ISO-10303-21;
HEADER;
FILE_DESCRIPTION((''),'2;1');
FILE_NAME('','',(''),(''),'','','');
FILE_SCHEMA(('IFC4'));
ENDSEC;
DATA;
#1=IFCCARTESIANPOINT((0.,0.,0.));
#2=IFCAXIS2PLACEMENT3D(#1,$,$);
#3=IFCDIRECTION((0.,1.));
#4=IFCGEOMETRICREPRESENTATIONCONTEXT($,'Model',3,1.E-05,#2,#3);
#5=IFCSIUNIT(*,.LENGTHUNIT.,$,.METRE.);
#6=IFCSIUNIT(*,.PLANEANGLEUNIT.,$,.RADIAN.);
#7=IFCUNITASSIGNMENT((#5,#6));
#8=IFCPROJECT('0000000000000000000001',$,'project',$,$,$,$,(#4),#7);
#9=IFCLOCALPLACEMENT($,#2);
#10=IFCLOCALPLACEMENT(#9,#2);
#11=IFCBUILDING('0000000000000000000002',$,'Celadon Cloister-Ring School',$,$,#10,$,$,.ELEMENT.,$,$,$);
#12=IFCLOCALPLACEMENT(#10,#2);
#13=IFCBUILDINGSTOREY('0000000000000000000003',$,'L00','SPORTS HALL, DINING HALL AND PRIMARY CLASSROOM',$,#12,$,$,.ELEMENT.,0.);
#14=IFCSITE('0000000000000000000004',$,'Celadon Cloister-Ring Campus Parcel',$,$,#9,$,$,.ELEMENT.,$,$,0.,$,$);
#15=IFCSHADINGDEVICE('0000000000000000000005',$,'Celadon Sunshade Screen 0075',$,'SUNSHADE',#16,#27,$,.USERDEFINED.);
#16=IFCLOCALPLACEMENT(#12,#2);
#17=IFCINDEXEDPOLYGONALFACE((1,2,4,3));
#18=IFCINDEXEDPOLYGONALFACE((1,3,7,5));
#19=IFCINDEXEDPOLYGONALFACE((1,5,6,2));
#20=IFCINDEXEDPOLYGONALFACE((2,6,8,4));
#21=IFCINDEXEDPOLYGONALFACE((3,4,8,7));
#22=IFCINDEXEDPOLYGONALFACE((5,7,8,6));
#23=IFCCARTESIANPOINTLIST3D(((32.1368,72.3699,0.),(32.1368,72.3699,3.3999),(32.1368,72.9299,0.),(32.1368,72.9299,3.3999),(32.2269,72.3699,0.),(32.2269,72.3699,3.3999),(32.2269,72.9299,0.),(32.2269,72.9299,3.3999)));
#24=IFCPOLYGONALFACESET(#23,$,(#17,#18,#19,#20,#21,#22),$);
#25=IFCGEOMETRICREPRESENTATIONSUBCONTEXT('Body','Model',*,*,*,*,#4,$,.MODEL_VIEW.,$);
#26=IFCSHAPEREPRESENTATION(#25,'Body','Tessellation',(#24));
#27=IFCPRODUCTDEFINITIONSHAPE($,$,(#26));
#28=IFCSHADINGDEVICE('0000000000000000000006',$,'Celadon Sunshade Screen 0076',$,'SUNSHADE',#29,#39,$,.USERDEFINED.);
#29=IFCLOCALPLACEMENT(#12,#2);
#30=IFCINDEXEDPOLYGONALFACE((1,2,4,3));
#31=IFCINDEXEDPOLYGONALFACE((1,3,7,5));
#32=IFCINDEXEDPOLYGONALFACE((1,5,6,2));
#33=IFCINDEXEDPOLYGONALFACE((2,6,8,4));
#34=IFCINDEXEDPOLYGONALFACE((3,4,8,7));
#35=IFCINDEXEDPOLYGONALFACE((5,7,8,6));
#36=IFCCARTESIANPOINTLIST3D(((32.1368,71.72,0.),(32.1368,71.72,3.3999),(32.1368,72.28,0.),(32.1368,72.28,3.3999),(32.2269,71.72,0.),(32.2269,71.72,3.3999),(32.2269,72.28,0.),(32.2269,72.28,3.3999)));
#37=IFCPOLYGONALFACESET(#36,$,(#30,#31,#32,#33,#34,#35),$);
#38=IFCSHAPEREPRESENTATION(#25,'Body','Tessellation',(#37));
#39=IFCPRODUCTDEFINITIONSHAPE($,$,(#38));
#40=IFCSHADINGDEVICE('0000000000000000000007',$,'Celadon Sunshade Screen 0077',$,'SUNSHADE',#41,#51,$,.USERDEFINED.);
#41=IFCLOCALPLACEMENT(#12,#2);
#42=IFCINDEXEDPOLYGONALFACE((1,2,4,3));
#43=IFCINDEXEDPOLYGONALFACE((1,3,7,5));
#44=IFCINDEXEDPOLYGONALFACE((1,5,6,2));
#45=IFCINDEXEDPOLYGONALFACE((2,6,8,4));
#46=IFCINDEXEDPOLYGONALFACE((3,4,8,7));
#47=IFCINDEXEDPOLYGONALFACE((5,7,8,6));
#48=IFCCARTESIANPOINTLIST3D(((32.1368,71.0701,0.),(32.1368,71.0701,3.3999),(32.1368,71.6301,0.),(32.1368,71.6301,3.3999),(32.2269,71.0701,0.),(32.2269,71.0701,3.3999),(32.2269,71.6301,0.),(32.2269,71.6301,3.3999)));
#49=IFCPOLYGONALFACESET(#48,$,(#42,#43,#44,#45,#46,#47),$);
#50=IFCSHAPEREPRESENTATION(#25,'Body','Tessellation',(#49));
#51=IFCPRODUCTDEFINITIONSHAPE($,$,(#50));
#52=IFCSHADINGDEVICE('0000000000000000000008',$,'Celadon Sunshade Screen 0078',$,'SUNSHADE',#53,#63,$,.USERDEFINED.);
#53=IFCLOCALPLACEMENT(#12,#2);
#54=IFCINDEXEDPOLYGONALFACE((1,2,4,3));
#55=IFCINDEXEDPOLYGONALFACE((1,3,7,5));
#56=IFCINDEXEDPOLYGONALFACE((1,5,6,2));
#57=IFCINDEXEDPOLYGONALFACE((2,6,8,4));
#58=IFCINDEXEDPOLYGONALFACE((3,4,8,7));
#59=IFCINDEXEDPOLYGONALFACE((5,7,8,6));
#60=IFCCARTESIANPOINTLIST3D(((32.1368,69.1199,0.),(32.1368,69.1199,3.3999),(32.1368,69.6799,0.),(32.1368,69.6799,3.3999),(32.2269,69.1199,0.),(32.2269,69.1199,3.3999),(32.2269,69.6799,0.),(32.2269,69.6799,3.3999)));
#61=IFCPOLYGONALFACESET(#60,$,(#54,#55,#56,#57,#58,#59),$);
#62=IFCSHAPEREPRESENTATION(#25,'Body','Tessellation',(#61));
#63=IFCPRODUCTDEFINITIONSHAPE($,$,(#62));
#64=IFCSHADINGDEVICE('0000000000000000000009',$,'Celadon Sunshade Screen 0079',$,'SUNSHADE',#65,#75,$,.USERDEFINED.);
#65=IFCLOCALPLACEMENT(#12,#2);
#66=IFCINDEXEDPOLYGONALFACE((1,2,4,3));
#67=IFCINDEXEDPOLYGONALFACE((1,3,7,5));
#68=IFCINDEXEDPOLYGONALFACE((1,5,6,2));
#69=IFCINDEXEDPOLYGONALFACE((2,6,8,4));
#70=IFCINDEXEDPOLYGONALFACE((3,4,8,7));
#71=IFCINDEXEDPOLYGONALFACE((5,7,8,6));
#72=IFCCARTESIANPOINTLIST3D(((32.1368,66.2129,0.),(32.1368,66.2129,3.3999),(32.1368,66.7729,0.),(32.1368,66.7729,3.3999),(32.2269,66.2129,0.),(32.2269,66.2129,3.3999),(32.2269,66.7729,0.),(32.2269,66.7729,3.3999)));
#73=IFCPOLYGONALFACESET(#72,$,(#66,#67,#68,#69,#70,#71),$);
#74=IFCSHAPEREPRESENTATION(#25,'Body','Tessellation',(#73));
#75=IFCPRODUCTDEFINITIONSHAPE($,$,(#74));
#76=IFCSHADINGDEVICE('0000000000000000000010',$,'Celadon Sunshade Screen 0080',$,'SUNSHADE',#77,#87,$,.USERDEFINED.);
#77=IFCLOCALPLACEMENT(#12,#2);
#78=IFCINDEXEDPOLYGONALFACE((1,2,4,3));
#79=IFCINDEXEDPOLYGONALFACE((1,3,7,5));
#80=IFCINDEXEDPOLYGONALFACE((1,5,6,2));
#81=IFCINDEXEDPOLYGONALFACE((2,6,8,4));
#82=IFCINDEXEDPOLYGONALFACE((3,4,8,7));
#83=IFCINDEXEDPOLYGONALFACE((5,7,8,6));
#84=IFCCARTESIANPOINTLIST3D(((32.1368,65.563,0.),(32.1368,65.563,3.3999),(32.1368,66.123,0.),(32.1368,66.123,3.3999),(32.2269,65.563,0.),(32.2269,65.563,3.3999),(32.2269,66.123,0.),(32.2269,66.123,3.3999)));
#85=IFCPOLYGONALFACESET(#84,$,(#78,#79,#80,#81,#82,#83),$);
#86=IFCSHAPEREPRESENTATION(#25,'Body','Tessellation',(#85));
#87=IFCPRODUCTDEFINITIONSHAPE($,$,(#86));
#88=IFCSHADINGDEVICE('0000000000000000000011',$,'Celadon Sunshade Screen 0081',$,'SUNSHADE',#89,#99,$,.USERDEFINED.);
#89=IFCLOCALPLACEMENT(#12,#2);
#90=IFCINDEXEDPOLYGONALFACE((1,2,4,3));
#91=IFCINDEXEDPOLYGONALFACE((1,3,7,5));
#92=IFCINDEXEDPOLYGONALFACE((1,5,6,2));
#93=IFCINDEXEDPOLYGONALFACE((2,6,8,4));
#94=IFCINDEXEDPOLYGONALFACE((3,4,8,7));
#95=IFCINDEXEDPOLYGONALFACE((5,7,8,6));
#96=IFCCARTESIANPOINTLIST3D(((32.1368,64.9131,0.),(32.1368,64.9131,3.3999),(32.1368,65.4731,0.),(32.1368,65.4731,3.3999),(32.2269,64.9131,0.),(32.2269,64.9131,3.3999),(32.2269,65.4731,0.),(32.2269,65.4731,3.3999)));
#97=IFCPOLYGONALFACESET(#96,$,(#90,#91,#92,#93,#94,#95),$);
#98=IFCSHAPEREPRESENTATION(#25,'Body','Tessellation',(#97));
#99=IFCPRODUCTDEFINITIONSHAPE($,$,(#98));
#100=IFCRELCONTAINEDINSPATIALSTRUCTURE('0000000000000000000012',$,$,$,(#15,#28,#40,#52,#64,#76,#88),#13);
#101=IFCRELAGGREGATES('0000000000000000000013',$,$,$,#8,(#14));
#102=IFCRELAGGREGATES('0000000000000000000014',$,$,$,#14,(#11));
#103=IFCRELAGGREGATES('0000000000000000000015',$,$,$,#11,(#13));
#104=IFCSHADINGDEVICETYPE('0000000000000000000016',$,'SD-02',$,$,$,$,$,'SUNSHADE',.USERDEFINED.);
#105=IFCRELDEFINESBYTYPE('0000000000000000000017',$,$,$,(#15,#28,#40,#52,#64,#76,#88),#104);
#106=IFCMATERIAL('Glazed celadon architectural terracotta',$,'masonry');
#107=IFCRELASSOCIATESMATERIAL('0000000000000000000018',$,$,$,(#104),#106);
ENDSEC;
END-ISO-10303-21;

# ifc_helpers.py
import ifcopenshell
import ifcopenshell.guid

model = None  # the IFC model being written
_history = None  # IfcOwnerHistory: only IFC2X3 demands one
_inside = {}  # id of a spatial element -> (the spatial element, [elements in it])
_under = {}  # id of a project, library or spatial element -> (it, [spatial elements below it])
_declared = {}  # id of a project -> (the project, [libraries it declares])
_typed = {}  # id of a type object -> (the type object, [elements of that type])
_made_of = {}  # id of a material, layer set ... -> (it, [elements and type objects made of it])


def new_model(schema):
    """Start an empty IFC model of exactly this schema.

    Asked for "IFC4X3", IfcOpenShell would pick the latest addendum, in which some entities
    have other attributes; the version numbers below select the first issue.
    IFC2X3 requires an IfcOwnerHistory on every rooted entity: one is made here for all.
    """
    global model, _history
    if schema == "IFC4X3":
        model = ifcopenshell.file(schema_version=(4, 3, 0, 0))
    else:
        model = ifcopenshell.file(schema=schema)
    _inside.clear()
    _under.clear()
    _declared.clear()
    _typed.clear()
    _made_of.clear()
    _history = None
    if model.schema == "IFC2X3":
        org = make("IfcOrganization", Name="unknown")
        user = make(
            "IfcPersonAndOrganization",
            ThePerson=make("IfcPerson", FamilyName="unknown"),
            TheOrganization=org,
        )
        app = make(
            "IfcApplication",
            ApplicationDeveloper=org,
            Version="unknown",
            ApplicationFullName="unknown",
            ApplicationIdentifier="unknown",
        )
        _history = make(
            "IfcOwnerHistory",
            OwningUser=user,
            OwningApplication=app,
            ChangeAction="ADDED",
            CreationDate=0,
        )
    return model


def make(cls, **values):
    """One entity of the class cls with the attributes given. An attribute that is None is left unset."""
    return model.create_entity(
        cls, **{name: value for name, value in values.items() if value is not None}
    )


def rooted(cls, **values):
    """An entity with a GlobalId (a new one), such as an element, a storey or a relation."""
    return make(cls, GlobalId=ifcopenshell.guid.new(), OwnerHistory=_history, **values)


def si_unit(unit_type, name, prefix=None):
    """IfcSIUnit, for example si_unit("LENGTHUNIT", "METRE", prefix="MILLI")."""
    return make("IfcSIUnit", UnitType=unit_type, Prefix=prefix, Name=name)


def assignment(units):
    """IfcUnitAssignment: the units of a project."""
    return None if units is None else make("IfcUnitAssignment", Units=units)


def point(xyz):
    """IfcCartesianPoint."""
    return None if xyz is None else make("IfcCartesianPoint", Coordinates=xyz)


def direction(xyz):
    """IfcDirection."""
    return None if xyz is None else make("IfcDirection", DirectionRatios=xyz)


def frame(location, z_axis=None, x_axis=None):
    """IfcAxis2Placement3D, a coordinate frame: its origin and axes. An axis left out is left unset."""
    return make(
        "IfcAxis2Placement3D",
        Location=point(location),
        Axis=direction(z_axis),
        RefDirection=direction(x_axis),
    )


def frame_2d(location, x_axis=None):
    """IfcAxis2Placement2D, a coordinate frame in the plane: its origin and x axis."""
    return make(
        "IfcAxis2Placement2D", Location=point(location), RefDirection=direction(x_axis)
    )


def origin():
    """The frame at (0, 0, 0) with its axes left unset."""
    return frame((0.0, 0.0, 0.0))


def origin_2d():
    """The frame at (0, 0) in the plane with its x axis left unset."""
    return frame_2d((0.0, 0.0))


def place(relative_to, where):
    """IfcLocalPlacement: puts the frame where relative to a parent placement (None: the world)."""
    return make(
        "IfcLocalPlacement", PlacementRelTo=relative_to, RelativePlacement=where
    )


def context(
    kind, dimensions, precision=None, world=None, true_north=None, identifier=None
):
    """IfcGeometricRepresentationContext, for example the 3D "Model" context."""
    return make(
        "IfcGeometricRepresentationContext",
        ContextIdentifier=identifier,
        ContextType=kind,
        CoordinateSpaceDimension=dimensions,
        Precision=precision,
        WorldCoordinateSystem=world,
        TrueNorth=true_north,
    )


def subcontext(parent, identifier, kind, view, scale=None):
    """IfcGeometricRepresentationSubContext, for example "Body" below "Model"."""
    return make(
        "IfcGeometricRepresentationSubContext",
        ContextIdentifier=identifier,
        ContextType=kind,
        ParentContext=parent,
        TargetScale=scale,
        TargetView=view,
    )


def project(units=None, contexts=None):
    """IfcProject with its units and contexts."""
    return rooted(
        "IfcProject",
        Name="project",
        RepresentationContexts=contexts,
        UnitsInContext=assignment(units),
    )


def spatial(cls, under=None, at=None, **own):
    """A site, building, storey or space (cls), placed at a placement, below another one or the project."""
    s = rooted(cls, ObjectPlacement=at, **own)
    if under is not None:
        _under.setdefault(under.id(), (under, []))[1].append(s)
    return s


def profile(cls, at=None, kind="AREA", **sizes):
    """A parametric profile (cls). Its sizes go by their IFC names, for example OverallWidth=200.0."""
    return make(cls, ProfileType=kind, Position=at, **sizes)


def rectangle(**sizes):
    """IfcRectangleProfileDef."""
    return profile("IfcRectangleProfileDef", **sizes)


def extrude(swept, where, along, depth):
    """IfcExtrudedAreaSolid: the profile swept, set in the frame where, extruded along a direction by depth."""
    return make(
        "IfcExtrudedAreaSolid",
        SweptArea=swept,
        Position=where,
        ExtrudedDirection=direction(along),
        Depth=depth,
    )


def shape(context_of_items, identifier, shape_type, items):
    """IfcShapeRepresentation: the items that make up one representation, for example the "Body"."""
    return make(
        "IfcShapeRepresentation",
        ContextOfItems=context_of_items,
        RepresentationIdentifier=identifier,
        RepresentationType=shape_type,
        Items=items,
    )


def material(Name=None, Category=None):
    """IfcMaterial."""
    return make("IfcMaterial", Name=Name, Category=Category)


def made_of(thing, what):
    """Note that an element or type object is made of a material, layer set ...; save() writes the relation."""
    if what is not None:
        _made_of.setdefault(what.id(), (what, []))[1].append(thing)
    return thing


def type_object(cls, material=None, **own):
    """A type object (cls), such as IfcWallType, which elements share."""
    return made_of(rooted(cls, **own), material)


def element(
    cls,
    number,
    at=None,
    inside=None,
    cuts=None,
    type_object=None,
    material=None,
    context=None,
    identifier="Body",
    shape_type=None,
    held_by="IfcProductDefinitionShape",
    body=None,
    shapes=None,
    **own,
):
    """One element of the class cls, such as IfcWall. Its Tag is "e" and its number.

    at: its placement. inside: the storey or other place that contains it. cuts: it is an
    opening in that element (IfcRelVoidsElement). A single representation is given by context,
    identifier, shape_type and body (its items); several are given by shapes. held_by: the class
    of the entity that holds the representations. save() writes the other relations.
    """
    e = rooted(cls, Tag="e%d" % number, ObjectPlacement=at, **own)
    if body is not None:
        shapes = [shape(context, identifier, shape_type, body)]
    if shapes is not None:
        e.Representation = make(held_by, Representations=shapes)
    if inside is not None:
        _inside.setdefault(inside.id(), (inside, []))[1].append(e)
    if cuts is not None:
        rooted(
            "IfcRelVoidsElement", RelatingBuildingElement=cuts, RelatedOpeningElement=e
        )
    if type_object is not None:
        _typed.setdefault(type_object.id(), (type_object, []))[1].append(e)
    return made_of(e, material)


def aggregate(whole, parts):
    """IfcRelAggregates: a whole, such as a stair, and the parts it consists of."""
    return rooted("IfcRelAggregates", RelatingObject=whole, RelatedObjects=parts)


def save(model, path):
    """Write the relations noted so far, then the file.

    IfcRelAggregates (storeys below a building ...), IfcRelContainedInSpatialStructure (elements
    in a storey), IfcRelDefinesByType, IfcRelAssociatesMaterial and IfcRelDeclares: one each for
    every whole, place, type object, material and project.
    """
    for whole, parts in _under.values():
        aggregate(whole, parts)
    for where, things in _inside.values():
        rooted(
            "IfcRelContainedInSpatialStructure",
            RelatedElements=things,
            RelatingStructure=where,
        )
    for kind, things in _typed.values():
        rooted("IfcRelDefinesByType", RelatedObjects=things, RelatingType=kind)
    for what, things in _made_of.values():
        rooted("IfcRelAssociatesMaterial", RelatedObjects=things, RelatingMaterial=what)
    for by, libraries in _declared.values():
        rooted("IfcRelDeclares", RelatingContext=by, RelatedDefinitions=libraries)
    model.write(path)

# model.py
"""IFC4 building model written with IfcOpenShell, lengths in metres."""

from ifc_helpers import new_model, si_unit, direction, frame, origin, origin_2d, place, context, subcontext, project, spatial, rectangle, extrude, material, type_object, element, save


model = new_model("IFC4")

# Units and contexts
model_context = context("Model", 3, precision=1e-05, world=origin(), true_north=direction((0.0, 1.0)))
body_context = subcontext(model_context, "Body", "Model", "MODEL_VIEW")
ifc_project = project(units=[si_unit("LENGTHUNIT", "METRE"), si_unit("PLANEANGLEUNIT", "RADIAN")], contexts=[model_context])

# Site, building, storey
site_placement = place(None, origin())
site = spatial("IfcSite", under=ifc_project, at=site_placement, Name="Celadon Cloister-Ring Campus Parcel", CompositionType="ELEMENT", RefElevation=0.0)
building_placement = place(site_placement, origin())
building = spatial("IfcBuilding", under=site, at=building_placement, Name="Celadon Cloister-Ring School", CompositionType="ELEMENT")
storey_placement = place(building_placement, origin())
storey = spatial("IfcBuildingStorey", under=building, at=storey_placement, Name="L00", Description="SPORTS HALL, DINING HALL AND PRIMARY CLASSROOM", CompositionType="ELEMENT", Elevation=0.0)

# Shading devices
ifc_material_1 = material(Name="Glazed celadon architectural terracotta", Category="masonry")
shading_device_type = type_object("IfcShadingDeviceType", Name="SD-02", ElementType="SUNSHADE", PredefinedType="USERDEFINED", material=ifc_material_1)
for number, where, z_axis, x_axis, name in (
    (1, (32.1819, 72.6499, 0.0), (0.0, 0.0, 1.0), (0.0, -1.0, 0.0), "Celadon Sunshade Screen 0075"),
    (2, (32.1819, 72.0, 0.0), (0.0, 0.0, 1.0), (0.0, -1.0, 0.0), "Celadon Sunshade Screen 0076"),
    (3, (32.1819, 71.3501, 0.0), (0.0, 0.0, 1.0), (0.0, -1.0, 0.0), "Celadon Sunshade Screen 0077"),
    (4, (32.1819, 69.3999, 0.0), (0.0, 0.0, 1.0), (0.0, -1.0, 0.0), "Celadon Sunshade Screen 0078"),
    (5, (32.1819, 66.4929, 0.0), (0.0, 0.0, 1.0), (0.0, -1.0, 0.0), "Celadon Sunshade Screen 0079"),
    (6, (32.1819, 65.843, 0.0), (0.0, 0.0, 1.0), (0.0, -1.0, 0.0), "Celadon Sunshade Screen 0080"),
    (7, (32.1819, 65.1931, 0.0), (0.0, 0.0, 1.0), (0.0, -1.0, 0.0), "Celadon Sunshade Screen 0081"),
):
    element("IfcShadingDevice", number, at=place(storey_placement, frame(where, z_axis=z_axis, x_axis=x_axis)), inside=storey, type_object=shading_device_type, Name=name, ObjectType="SUNSHADE", PredefinedType="USERDEFINED", context=body_context, shape_type="SweptSolid", body=[
        extrude(rectangle(XDim=0.5601, YDim=0.0901, at=origin_2d()), origin(), (0.0, 0.0, 1.0), 3.3999),
    ])

save(model, "model.ifc")
